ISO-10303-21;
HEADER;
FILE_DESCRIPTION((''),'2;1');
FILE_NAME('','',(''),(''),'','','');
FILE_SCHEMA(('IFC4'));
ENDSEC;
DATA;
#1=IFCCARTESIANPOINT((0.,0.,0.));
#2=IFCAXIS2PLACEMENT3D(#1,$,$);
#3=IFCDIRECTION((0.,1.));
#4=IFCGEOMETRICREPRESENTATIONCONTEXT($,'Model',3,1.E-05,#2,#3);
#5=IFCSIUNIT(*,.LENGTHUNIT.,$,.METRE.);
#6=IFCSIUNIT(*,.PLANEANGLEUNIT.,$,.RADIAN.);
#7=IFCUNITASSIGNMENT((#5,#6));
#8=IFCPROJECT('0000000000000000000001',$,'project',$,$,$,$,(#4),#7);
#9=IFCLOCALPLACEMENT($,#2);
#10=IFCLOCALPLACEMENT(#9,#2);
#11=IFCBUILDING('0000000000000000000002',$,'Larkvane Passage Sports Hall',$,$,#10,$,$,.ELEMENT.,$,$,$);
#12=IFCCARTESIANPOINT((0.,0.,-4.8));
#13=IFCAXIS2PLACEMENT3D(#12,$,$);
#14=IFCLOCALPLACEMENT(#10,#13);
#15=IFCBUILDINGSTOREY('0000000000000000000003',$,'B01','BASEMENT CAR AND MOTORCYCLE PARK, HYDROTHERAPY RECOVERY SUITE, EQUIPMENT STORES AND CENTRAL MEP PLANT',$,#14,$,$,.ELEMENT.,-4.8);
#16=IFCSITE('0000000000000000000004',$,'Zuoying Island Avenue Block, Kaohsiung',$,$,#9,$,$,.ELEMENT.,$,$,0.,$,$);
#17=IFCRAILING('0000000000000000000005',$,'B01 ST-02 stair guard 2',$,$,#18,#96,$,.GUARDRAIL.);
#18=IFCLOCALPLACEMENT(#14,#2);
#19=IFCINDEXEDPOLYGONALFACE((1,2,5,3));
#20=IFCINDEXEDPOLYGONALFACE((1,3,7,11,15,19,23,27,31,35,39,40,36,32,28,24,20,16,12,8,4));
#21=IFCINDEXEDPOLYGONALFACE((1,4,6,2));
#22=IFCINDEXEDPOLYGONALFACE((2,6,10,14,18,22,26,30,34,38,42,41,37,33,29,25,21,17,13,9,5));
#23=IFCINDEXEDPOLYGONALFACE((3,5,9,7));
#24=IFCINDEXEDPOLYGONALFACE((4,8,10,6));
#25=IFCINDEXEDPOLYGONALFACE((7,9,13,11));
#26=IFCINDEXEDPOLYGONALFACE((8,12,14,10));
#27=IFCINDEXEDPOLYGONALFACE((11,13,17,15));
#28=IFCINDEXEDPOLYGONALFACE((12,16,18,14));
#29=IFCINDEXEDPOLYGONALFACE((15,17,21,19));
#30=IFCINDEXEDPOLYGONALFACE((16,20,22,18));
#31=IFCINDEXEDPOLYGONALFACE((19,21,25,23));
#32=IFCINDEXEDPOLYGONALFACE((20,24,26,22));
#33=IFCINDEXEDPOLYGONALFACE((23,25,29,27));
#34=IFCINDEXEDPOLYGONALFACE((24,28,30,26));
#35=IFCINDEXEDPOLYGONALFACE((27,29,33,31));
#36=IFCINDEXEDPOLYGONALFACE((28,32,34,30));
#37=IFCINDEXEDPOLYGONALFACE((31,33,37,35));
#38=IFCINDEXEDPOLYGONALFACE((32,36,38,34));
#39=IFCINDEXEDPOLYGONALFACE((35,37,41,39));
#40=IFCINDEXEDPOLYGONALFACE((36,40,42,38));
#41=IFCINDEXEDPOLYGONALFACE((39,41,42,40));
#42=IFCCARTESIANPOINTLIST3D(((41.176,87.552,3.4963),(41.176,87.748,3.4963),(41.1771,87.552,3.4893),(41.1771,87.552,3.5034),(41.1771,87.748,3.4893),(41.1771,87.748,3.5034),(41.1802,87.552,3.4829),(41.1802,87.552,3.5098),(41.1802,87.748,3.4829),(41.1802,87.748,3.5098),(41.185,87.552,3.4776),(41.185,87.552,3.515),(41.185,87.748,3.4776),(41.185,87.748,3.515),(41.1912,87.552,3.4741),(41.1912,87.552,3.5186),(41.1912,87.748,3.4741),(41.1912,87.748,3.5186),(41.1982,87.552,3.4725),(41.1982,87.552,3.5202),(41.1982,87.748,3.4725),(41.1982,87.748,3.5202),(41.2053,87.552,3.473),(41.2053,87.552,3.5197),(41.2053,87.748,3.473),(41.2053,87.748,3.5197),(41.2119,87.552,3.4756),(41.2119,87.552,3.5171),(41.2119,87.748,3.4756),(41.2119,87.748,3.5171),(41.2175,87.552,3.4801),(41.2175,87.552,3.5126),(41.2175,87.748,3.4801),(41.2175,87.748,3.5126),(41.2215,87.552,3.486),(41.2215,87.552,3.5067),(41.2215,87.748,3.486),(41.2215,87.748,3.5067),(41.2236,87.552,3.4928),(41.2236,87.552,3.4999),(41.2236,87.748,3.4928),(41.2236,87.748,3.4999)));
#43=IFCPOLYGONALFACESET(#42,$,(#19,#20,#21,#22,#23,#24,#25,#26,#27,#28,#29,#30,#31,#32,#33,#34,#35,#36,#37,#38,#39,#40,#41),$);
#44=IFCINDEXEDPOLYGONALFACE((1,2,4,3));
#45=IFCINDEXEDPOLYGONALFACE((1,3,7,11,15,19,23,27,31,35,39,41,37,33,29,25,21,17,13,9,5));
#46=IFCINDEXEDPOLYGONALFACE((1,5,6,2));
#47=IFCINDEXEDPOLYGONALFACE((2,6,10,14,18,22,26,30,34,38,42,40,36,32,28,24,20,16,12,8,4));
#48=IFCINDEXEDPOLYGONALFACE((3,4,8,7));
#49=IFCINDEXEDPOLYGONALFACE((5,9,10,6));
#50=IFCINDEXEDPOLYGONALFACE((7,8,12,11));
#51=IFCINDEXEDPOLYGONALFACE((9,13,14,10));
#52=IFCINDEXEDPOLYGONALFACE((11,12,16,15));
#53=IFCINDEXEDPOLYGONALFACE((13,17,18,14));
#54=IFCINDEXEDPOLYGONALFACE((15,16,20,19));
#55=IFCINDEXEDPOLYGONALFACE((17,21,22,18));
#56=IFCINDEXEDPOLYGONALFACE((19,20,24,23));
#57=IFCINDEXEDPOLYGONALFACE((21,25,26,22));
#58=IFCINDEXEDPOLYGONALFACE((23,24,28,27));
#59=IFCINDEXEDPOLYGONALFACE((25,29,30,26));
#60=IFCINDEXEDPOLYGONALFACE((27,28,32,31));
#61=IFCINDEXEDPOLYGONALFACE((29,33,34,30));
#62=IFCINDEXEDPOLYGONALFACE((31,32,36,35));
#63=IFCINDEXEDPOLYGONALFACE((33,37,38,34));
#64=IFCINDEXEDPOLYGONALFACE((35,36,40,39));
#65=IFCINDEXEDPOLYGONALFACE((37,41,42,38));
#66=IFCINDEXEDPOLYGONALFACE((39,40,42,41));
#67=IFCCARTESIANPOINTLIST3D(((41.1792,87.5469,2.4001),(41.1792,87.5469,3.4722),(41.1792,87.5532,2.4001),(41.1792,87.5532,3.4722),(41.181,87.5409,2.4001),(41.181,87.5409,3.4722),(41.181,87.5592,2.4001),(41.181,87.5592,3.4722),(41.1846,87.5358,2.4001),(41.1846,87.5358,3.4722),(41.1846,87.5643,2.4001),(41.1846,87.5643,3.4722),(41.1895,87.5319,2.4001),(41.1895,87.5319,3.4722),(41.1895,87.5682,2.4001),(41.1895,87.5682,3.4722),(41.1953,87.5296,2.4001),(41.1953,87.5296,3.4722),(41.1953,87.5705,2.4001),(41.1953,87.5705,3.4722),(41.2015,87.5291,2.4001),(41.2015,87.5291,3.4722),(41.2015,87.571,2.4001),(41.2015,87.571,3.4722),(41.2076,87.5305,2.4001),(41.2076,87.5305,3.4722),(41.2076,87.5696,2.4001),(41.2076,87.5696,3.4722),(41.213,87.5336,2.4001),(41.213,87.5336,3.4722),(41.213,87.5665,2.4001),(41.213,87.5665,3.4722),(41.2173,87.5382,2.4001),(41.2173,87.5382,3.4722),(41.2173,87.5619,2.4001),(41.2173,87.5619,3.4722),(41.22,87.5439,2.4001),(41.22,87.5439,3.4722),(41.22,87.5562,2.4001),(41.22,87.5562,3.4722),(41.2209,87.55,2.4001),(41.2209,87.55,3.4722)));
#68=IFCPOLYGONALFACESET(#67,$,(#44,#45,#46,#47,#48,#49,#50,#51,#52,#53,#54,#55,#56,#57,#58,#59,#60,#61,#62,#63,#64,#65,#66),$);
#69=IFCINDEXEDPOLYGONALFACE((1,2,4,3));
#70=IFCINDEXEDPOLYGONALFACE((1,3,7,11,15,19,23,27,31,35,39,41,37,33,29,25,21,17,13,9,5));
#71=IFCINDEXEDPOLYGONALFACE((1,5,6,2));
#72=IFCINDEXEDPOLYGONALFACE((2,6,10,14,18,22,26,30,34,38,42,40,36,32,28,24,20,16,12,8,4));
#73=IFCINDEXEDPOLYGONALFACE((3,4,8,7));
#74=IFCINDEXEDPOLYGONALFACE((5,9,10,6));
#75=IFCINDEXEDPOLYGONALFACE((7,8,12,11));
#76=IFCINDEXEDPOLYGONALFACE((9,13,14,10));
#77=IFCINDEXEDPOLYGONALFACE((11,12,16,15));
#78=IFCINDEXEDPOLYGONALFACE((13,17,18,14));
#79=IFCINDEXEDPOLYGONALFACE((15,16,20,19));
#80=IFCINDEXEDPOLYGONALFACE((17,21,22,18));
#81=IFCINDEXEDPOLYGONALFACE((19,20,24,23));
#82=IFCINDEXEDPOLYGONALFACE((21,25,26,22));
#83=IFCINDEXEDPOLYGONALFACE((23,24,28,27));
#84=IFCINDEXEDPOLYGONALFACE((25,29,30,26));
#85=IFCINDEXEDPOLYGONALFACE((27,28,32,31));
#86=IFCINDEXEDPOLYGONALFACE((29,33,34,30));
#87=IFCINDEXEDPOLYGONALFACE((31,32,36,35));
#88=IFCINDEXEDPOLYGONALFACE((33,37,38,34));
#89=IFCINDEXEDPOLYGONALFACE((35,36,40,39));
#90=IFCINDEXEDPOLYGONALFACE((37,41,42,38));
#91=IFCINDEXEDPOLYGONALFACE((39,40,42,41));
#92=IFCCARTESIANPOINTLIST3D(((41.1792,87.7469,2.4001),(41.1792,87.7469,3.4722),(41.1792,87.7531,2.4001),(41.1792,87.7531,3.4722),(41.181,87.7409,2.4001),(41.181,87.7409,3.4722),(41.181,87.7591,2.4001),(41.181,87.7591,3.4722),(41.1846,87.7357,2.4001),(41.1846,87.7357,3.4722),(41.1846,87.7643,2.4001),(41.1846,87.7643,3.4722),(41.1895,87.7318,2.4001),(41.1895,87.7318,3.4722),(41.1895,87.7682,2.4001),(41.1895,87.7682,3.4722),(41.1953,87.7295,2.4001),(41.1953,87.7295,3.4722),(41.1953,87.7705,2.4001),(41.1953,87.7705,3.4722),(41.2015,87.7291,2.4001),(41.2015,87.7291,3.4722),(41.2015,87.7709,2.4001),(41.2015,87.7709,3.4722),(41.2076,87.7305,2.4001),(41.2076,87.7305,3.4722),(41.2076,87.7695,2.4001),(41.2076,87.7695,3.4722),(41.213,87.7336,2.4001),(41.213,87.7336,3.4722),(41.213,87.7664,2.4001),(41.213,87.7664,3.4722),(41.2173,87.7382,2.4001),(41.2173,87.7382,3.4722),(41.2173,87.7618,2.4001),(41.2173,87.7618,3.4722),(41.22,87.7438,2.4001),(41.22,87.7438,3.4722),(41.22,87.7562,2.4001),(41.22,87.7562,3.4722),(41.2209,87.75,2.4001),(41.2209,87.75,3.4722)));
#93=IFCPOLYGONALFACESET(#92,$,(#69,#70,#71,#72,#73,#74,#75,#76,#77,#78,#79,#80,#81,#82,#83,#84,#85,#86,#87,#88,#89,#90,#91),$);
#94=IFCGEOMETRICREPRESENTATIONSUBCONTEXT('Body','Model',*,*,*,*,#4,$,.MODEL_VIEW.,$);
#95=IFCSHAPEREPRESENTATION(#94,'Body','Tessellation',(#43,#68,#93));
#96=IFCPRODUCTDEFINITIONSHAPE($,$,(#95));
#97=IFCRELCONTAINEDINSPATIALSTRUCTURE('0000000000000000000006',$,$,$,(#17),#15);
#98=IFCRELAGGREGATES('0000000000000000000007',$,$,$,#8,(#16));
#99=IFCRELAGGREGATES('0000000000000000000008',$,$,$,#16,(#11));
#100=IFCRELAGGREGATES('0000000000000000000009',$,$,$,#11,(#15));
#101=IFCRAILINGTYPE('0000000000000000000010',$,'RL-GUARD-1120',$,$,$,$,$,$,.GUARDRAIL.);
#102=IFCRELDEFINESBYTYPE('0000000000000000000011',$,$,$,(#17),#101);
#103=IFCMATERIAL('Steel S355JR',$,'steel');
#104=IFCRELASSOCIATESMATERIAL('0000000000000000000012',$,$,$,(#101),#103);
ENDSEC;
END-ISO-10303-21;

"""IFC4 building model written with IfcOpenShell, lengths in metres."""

from ifc_helpers import new_model, si_unit, direction, frame, origin, origin_2d, place, context, subcontext, project, spatial, circle, extrude, material, type_object, element, save


model = new_model("IFC4")

# Units and contexts
model_context = context("Model", 3, precision=1e-05, world=origin(), true_north=direction((0.0, 1.0)))
body_context = subcontext(model_context, "Body", "Model", "MODEL_VIEW")
ifc_project = project(units=[si_unit("LENGTHUNIT", "METRE"), si_unit("PLANEANGLEUNIT", "RADIAN")], contexts=[model_context])

# Site, building, storey
site_placement = place(None, origin())
site = spatial("IfcSite", under=ifc_project, at=site_placement, Name="Zuoying Island Avenue Block, Kaohsiung", CompositionType="ELEMENT", RefElevation=0.0)
building_placement = place(site_placement, origin())
building = spatial("IfcBuilding", under=site, at=building_placement, Name="Larkvane Passage Sports Hall", CompositionType="ELEMENT")
storey_placement = place(building_placement, frame((0.0, 0.0, -4.8)))
storey = spatial("IfcBuildingStorey", under=building, at=storey_placement, Name="B01", Description="BASEMENT CAR AND MOTORCYCLE PARK, HYDROTHERAPY RECOVERY SUITE, EQUIPMENT STORES AND CENTRAL MEP PLANT", CompositionType="ELEMENT", Elevation=-4.8)

# Railing
ifc_material_1 = material(Name="Steel S355JR", Category="steel")
railing_type_1 = type_object("IfcRailingType", Name="RL-GUARD-1120", PredefinedType="GUARDRAIL", material=ifc_material_1)
railing_1_placement = place(storey_placement, frame((41.2, 87.55, 2.4001)))
element("IfcRailing", 1, at=railing_1_placement, inside=storey, type_object=railing_type_1, Name="B01 ST-02 stair guard 2", PredefinedType="GUARDRAIL", context=body_context, shape_type="SweptSolid", body=[
    extrude(circle(Radius=0.0239, at=origin_2d()), frame((0.0, 0.002, 1.0962), z_axis=(0.0, 1.0, 0.0), x_axis=(-1.0, 0.0, 0.0)), (0.0, 0.0, 1.0), 0.196),
    extrude(circle(Radius=0.021, at=origin_2d()), origin(), (0.0, 0.0, 1.0), 1.072),
    extrude(circle(Radius=0.021, at=origin_2d()), frame((0.0, 0.2, 0.0)), (0.0, 0.0, 1.0), 1.072),
])

save(model, "model.ifc")
